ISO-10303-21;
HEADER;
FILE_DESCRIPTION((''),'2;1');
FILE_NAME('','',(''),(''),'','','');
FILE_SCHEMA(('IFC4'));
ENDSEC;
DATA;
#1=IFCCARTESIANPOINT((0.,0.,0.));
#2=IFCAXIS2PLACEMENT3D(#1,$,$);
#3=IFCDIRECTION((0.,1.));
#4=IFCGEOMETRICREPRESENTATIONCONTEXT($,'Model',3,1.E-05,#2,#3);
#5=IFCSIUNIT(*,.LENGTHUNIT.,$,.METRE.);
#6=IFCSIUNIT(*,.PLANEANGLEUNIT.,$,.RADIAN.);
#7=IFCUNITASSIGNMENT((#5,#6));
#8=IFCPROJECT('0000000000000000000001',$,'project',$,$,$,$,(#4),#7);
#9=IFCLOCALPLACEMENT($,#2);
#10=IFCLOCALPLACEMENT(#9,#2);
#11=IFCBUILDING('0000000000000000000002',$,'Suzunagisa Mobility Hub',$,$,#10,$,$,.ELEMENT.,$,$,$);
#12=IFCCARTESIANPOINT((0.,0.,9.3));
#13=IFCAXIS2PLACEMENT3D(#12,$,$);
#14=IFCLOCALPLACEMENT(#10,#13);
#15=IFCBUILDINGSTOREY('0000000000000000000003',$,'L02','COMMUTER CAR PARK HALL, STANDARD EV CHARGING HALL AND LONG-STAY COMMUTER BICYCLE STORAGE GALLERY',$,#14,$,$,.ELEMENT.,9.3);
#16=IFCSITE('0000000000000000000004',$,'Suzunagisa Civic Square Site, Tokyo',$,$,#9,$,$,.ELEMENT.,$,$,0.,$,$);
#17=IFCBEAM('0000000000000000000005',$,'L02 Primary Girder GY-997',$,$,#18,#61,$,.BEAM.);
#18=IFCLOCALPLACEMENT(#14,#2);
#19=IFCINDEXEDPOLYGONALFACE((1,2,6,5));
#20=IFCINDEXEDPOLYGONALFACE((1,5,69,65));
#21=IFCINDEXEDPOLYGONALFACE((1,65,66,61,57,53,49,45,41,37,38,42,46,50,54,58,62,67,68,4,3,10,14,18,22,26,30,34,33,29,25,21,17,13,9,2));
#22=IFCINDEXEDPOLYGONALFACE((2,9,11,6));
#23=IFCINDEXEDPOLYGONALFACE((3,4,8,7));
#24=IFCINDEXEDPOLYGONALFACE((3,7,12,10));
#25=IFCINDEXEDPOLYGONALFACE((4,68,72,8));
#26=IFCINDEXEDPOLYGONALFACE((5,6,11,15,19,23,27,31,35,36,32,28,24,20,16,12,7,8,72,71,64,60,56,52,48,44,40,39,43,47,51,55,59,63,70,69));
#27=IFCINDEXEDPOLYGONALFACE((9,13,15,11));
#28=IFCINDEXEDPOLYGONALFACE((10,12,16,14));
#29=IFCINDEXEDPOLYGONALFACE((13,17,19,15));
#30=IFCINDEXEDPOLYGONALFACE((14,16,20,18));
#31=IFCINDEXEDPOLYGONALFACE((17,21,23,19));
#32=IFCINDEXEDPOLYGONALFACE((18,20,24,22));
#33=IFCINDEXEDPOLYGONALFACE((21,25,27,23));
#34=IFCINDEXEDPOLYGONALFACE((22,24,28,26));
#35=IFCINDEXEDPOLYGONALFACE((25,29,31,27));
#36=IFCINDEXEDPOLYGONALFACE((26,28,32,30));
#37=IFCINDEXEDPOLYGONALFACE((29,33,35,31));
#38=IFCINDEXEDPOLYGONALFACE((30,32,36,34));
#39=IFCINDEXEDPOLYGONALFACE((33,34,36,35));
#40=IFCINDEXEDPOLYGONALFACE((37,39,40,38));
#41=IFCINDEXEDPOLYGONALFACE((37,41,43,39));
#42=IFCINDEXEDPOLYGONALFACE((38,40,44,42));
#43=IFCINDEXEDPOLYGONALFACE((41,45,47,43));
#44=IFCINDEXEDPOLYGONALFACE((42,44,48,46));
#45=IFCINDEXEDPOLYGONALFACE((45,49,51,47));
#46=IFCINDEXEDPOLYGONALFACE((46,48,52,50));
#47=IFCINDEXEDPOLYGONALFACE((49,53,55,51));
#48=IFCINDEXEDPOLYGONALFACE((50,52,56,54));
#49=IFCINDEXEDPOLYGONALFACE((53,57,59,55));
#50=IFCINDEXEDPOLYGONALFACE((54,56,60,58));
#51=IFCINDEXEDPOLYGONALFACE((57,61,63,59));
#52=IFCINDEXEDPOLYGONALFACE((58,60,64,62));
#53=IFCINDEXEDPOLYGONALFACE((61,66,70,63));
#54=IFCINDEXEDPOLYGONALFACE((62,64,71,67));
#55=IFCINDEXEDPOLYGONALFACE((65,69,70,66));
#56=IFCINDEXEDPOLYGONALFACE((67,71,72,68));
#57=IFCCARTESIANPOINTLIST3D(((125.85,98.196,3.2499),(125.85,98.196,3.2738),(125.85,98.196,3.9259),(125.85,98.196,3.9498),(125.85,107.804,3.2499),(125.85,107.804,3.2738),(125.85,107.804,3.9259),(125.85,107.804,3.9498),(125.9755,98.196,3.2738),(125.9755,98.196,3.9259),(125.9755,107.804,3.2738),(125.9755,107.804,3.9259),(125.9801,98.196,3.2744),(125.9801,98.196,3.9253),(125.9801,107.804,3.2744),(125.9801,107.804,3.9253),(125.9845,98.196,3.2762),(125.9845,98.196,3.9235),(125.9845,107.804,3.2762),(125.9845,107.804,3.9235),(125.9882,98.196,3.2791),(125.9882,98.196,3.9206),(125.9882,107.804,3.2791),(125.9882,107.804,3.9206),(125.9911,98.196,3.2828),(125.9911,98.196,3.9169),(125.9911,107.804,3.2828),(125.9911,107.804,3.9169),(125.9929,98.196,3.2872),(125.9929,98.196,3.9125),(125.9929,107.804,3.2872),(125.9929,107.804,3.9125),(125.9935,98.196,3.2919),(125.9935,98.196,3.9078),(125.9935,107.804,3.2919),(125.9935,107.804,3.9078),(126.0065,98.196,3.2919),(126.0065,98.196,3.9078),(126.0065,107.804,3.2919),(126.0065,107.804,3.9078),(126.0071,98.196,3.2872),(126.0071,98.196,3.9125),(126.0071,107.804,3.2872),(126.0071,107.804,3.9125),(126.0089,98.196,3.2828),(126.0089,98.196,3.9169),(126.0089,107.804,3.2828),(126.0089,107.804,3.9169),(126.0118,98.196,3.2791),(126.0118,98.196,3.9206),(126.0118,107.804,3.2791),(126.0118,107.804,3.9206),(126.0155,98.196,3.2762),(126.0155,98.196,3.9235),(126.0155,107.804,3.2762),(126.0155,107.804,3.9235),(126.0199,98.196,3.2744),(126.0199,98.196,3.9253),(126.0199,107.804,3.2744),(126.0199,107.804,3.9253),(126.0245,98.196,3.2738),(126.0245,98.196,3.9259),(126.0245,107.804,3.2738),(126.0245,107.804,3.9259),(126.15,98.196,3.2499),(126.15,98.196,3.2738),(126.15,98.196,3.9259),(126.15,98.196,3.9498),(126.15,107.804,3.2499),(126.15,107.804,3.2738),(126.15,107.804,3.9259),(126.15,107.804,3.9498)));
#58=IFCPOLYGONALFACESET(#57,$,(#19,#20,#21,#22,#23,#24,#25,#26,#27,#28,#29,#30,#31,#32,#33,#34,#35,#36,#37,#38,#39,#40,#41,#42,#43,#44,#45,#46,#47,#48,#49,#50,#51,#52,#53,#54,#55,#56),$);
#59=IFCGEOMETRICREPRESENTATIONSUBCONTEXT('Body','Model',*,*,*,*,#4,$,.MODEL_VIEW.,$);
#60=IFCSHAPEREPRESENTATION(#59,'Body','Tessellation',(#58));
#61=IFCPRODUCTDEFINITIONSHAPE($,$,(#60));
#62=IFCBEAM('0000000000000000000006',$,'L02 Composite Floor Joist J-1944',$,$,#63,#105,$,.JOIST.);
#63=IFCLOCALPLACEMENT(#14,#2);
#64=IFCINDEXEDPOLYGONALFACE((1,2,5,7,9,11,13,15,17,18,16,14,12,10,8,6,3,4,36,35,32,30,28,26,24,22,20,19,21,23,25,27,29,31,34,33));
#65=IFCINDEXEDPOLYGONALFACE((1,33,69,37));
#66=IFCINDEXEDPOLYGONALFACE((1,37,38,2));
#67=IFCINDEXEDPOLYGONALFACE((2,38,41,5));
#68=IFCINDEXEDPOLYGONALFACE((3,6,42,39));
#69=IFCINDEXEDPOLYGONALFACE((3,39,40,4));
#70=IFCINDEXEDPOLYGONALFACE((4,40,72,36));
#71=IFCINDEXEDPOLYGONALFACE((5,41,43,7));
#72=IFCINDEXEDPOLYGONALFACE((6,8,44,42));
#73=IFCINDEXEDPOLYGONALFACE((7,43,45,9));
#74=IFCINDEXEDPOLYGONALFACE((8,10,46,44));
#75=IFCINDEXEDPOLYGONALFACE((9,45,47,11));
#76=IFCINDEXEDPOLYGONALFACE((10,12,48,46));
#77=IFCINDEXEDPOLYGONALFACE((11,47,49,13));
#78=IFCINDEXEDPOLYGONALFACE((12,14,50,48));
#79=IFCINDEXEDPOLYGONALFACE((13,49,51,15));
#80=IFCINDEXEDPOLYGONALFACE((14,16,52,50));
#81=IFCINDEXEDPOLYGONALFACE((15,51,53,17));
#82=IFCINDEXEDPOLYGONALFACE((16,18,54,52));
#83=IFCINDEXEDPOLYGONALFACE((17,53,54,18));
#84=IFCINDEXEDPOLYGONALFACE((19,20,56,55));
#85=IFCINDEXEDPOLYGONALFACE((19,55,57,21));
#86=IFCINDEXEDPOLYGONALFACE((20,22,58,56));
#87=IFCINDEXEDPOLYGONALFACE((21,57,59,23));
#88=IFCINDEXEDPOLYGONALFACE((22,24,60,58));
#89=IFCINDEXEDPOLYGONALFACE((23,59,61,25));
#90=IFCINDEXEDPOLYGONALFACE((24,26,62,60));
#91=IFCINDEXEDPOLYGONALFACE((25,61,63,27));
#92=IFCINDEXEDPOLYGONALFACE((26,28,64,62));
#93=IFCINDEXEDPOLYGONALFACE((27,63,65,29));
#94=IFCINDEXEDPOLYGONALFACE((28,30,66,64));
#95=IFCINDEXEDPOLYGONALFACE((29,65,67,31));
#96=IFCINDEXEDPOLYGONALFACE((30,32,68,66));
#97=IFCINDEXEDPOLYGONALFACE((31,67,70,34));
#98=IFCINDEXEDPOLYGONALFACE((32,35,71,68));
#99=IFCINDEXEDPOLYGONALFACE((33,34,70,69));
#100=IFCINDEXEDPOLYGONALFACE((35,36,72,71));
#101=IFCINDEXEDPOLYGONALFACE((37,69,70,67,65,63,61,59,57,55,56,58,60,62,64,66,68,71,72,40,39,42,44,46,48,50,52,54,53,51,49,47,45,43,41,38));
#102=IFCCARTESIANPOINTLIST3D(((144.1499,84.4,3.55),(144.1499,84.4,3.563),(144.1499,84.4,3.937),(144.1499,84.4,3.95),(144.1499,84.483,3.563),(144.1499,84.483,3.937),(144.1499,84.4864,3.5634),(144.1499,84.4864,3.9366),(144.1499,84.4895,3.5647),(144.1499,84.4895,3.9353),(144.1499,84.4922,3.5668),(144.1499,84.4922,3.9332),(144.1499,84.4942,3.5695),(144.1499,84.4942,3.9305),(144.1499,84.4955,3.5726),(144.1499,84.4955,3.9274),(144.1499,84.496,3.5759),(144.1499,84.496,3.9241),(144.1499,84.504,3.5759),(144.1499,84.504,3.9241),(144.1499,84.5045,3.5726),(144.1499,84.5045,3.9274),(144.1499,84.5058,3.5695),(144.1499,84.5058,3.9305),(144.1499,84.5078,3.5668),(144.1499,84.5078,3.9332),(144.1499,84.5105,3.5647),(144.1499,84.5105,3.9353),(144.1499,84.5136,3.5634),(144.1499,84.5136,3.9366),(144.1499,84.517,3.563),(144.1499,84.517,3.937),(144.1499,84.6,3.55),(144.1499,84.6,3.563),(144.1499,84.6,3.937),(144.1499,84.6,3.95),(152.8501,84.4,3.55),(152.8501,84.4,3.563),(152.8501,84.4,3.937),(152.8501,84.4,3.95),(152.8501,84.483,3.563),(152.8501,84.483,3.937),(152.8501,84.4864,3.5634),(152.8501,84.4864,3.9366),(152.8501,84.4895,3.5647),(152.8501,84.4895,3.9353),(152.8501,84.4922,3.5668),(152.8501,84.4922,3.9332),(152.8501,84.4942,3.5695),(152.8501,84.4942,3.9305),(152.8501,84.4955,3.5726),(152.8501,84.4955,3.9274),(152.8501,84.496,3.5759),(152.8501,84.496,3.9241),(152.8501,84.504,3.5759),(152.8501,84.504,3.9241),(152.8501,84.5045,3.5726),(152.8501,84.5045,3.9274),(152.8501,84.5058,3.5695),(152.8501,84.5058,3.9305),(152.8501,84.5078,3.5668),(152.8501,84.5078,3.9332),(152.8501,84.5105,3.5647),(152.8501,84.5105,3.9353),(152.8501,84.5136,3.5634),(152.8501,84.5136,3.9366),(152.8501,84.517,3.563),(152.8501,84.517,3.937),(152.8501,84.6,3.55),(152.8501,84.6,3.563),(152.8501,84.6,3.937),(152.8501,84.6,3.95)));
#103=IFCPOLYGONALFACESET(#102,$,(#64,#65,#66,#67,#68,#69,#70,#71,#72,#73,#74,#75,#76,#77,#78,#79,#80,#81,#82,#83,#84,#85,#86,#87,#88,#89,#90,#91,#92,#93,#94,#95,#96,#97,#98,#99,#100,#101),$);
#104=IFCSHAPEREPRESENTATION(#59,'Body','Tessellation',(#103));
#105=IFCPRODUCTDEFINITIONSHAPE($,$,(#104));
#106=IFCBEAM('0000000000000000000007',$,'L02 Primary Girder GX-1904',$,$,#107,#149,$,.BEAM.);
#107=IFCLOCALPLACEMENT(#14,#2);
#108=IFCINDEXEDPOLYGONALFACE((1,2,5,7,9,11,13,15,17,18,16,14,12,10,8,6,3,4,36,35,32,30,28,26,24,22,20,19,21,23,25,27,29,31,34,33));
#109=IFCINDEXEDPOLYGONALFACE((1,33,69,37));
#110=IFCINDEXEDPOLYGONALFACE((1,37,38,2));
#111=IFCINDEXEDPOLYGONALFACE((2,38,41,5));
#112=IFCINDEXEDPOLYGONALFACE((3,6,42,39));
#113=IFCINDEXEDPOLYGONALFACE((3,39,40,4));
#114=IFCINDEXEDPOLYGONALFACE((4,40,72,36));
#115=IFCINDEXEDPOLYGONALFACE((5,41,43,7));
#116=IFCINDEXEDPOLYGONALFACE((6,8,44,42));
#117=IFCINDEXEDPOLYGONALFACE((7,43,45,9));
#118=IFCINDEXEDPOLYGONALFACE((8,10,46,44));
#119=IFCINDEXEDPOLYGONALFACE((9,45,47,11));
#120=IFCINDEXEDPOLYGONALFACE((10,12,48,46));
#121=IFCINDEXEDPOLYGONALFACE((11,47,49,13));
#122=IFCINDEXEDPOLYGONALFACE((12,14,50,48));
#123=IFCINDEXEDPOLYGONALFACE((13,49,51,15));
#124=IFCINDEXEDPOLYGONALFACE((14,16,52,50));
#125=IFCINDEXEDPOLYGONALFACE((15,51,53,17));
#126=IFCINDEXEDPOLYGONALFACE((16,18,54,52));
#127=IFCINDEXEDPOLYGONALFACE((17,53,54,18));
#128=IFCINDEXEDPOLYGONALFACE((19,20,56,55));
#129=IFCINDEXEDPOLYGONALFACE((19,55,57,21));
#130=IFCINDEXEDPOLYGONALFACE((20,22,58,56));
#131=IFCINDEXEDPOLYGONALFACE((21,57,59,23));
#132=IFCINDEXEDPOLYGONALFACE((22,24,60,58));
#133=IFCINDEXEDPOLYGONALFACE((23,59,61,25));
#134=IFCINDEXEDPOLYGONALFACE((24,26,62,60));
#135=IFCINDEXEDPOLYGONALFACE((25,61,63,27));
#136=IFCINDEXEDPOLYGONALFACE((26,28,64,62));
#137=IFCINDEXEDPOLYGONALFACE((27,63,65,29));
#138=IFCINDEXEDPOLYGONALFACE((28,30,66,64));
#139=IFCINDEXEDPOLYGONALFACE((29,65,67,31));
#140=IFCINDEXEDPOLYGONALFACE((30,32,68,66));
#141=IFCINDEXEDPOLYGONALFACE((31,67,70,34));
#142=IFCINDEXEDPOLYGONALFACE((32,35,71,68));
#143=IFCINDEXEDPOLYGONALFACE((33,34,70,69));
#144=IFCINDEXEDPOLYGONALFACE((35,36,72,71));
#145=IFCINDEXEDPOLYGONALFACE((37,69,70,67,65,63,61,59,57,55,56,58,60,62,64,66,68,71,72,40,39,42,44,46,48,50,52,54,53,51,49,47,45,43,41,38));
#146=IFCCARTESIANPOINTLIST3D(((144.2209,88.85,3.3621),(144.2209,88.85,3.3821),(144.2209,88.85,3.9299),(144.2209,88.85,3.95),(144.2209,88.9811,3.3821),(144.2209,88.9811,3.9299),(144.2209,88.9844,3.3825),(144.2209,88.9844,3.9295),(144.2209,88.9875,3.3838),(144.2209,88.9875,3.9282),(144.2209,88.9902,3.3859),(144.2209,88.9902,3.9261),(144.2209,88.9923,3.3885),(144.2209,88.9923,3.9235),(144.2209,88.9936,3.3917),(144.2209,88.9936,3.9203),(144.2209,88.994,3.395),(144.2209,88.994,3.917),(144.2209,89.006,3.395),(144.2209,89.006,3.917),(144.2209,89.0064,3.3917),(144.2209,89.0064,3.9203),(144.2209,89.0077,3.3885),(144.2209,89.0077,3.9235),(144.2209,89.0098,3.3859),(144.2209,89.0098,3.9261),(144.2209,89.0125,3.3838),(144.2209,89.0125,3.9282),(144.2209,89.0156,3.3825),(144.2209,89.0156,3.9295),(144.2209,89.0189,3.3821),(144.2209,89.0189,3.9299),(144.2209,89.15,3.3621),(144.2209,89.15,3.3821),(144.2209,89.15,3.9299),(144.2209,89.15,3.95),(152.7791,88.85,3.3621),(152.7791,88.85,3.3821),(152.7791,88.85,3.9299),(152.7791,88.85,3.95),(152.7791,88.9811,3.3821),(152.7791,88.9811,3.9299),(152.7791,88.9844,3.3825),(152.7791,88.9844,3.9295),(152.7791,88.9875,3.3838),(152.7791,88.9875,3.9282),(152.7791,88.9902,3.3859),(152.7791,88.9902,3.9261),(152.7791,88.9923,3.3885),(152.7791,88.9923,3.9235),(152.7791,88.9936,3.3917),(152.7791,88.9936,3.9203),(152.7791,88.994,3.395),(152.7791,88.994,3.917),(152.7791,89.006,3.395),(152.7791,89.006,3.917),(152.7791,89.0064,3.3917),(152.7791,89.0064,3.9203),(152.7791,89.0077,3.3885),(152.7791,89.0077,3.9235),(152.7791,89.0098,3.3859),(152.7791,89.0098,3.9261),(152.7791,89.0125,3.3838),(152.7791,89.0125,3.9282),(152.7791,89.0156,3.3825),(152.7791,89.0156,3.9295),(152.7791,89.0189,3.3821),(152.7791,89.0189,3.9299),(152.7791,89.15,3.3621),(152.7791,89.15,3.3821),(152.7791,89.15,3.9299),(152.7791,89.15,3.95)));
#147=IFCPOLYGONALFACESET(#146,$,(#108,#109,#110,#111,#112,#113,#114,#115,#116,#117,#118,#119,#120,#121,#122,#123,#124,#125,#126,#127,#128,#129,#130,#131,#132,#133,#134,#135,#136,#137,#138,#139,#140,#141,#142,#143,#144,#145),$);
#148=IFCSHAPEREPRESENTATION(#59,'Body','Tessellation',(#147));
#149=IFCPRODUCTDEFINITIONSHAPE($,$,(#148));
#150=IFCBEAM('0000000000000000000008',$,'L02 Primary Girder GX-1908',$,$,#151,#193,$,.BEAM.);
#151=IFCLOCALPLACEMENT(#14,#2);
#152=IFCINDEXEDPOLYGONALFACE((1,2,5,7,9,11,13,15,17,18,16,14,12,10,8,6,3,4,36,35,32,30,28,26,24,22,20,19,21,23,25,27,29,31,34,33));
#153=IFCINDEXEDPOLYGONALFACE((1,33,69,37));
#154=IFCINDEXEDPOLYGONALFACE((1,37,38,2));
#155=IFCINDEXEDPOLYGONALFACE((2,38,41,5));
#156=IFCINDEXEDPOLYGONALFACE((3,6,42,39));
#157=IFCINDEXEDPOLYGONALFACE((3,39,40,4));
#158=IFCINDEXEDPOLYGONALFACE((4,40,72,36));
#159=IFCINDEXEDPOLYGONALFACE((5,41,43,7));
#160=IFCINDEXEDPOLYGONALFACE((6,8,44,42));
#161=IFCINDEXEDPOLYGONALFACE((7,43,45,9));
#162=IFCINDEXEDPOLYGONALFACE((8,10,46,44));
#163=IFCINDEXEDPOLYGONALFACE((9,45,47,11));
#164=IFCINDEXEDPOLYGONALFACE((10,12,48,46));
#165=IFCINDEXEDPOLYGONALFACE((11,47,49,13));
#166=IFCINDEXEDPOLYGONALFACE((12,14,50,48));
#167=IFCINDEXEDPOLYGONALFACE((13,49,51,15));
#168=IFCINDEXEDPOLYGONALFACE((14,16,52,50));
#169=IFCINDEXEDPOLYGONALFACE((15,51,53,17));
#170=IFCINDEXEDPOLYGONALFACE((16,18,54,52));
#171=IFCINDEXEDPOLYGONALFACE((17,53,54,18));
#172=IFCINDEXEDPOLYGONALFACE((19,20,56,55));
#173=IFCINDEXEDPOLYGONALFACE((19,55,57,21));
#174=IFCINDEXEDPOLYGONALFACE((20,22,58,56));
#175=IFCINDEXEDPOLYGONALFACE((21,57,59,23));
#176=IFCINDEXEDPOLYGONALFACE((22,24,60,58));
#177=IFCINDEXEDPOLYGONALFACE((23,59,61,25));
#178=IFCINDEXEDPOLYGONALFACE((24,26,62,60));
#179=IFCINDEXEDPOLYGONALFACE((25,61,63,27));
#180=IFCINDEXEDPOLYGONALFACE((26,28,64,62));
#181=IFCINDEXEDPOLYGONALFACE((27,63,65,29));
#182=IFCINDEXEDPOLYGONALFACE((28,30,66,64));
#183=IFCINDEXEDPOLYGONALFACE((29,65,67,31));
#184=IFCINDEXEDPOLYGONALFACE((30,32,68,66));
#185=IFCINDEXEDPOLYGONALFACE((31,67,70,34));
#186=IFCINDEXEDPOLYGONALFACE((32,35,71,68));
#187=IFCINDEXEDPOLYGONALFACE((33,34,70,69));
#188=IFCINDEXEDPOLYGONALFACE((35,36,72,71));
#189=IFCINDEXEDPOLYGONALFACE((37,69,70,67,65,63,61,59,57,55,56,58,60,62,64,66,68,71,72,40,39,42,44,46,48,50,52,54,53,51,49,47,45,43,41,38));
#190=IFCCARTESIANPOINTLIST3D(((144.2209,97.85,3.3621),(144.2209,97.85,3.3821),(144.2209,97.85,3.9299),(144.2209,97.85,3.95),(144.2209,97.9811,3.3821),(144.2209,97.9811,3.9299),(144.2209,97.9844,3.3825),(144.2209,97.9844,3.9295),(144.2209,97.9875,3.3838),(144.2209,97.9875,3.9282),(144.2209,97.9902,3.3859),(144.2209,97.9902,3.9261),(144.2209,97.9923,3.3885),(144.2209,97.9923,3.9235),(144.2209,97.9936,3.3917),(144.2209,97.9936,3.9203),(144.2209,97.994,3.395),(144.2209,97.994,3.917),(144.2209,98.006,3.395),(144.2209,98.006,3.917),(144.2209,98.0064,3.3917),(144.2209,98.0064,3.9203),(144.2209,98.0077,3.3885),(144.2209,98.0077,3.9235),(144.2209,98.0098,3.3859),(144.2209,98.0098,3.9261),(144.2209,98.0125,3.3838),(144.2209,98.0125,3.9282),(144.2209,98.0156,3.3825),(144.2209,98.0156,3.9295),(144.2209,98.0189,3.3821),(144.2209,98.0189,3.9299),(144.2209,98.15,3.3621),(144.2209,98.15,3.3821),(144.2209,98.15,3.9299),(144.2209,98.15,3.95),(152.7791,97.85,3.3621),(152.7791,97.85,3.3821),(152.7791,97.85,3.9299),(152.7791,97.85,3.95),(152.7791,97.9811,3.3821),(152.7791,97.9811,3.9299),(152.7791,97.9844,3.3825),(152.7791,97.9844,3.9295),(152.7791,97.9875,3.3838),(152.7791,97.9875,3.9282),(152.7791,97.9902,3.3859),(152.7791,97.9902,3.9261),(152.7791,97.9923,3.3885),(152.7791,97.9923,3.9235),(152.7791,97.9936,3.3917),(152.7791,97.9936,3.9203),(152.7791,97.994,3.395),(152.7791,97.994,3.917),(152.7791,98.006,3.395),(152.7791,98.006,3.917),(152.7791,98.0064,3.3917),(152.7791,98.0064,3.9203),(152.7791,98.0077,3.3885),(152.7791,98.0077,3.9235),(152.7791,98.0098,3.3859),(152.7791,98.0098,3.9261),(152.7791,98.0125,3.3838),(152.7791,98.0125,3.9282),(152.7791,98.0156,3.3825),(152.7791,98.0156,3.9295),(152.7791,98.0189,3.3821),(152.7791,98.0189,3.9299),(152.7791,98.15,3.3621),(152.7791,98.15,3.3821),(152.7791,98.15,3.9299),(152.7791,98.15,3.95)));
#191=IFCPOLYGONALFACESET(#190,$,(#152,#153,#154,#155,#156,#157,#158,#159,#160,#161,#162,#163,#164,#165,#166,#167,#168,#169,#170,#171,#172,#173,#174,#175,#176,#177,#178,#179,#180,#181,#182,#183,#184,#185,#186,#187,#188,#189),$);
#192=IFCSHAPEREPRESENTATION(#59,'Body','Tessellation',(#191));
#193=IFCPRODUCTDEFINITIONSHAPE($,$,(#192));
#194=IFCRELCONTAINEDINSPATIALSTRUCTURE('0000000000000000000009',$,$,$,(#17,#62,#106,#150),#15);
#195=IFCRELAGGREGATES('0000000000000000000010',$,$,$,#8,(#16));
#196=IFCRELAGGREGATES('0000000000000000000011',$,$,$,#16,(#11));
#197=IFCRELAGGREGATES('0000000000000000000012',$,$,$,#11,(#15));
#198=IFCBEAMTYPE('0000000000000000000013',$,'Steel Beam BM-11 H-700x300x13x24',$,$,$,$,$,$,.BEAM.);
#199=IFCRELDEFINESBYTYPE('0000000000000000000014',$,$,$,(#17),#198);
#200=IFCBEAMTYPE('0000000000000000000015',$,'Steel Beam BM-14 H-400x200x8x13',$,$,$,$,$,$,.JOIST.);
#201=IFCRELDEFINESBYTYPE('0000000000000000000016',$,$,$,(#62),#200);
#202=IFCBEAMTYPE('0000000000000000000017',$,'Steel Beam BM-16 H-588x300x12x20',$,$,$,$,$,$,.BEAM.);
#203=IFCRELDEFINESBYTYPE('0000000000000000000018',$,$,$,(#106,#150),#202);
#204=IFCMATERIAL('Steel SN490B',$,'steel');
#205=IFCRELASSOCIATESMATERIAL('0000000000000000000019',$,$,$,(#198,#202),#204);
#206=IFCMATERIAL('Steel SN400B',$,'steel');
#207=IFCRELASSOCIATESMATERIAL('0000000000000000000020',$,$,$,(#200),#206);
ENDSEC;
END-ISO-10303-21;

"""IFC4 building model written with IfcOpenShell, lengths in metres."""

from ifc_helpers import new_model, si_unit, direction, frame, origin, origin_2d, place, context, subcontext, project, spatial, i_section, extrude, material, material_profile, profile_set, type_object, element, save


model = new_model("IFC4")

# Units and contexts
model_context = context("Model", 3, precision=1e-05, world=origin(), true_north=direction((0.0, 1.0)))
body_context = subcontext(model_context, "Body", "Model", "MODEL_VIEW")
ifc_project = project(units=[si_unit("LENGTHUNIT", "METRE"), si_unit("PLANEANGLEUNIT", "RADIAN")], contexts=[model_context])

# Site, building, storey
site_placement = place(None, origin())
site = spatial("IfcSite", under=ifc_project, at=site_placement, Name="Suzunagisa Civic Square Site, Tokyo", CompositionType="ELEMENT", RefElevation=0.0)
building_placement = place(site_placement, origin())
building = spatial("IfcBuilding", under=site, at=building_placement, Name="Suzunagisa Mobility Hub", CompositionType="ELEMENT")
storey_placement = place(building_placement, frame((0.0, 0.0, 9.3)))
storey = spatial("IfcBuildingStorey", under=building, at=storey_placement, Name="L02", Description="COMMUTER CAR PARK HALL, STANDARD EV CHARGING HALL AND LONG-STAY COMMUTER BICYCLE STORAGE GALLERY", CompositionType="ELEMENT", Elevation=9.3)

# Shared definitions
ifc_material_1 = material(Name="Steel SN490B", Category="steel")

# Beams
ifc_material_profile_1 = material_profile(ifc_material_1, i_section(OverallWidth=0.3, OverallDepth=0.7, WebThickness=0.0129, FlangeThickness=0.0239, FilletRadius=0.0181, at=origin_2d()), Name="H-700x300x13x24")
ifc_profile_set_1 = profile_set([ifc_material_profile_1], Name="Steel SN490B")
beam_type_1 = type_object("IfcBeamType", Name="Steel Beam BM-11 H-700x300x13x24", PredefinedType="BEAM", material=ifc_profile_set_1)
beam_1_placement = place(storey_placement, frame((126.0, 98.196, 3.5999), z_axis=(0.0, 1.0, 0.0), x_axis=(-1.0, 0.0, 0.0)))
element("IfcBeam", 1, at=beam_1_placement, inside=storey, type_object=beam_type_1, Name="L02 Primary Girder GY-997", PredefinedType="BEAM", context=body_context, shape_type="SweptSolid", body=[
    extrude(i_section(OverallWidth=0.3, OverallDepth=0.7, WebThickness=0.0129, FlangeThickness=0.0239, FilletRadius=0.0181, at=origin_2d()), origin(), (0.0, 0.0, 1.0), 9.6079),
])
ifc_material_2 = material(Name="Steel SN400B", Category="steel")
ifc_material_profile_2 = material_profile(ifc_material_2, i_section(OverallWidth=0.2, OverallDepth=0.3999, WebThickness=0.0081, FlangeThickness=0.0129, FilletRadius=0.0129, at=origin_2d()), Name="H-400x200x8x13")
ifc_profile_set_2 = profile_set([ifc_material_profile_2], Name="Steel SN400B")
beam_type_2 = type_object("IfcBeamType", Name="Steel Beam BM-14 H-400x200x8x13", PredefinedType="JOIST", material=ifc_profile_set_2)
beam_2_placement = place(storey_placement, frame((144.1499, 84.5, 3.75), z_axis=(1.0, 0.0, 0.0), x_axis=(0.0, 1.0, 0.0)))
element("IfcBeam", 2, at=beam_2_placement, inside=storey, type_object=beam_type_2, Name="L02 Composite Floor Joist J-1944", PredefinedType="JOIST", context=body_context, shape_type="SweptSolid", body=[
    extrude(i_section(OverallWidth=0.2, OverallDepth=0.3999, WebThickness=0.0081, FlangeThickness=0.0129, FilletRadius=0.0129, at=origin_2d()), origin(), (0.0, 0.0, 1.0), 8.7002),
])
ifc_material_profile_3 = material_profile(ifc_material_1, i_section(OverallWidth=0.3, OverallDepth=0.5879, WebThickness=0.012, FlangeThickness=0.02, FilletRadius=0.0129, at=origin_2d()), Name="H-588x300x12x20")
ifc_profile_set_3 = profile_set([ifc_material_profile_3], Name="Steel SN490B")
beam_type_3 = type_object("IfcBeamType", Name="Steel Beam BM-16 H-588x300x12x20", PredefinedType="BEAM", material=ifc_profile_set_3)
for number, where, z_axis, x_axis, name in (
    (3, (144.2209, 89.0, 3.656), (1.0, 0.0, 0.0), (0.0, 1.0, 0.0), "L02 Primary Girder GX-1904"),
    (4, (144.2209, 98.0, 3.656), (1.0, 0.0, 0.0), (0.0, 1.0, 0.0), "L02 Primary Girder GX-1908"),
):
    element("IfcBeam", number, at=place(storey_placement, frame(where, z_axis=z_axis, x_axis=x_axis)), inside=storey, type_object=beam_type_3, Name=name, PredefinedType="BEAM", context=body_context, shape_type="SweptSolid", body=[
        extrude(i_section(OverallWidth=0.3, OverallDepth=0.5879, WebThickness=0.012, FlangeThickness=0.02, FilletRadius=0.0129, at=origin_2d()), origin(), (0.0, 0.0, 1.0), 8.5581),
    ])

save(model, "model.ifc")
